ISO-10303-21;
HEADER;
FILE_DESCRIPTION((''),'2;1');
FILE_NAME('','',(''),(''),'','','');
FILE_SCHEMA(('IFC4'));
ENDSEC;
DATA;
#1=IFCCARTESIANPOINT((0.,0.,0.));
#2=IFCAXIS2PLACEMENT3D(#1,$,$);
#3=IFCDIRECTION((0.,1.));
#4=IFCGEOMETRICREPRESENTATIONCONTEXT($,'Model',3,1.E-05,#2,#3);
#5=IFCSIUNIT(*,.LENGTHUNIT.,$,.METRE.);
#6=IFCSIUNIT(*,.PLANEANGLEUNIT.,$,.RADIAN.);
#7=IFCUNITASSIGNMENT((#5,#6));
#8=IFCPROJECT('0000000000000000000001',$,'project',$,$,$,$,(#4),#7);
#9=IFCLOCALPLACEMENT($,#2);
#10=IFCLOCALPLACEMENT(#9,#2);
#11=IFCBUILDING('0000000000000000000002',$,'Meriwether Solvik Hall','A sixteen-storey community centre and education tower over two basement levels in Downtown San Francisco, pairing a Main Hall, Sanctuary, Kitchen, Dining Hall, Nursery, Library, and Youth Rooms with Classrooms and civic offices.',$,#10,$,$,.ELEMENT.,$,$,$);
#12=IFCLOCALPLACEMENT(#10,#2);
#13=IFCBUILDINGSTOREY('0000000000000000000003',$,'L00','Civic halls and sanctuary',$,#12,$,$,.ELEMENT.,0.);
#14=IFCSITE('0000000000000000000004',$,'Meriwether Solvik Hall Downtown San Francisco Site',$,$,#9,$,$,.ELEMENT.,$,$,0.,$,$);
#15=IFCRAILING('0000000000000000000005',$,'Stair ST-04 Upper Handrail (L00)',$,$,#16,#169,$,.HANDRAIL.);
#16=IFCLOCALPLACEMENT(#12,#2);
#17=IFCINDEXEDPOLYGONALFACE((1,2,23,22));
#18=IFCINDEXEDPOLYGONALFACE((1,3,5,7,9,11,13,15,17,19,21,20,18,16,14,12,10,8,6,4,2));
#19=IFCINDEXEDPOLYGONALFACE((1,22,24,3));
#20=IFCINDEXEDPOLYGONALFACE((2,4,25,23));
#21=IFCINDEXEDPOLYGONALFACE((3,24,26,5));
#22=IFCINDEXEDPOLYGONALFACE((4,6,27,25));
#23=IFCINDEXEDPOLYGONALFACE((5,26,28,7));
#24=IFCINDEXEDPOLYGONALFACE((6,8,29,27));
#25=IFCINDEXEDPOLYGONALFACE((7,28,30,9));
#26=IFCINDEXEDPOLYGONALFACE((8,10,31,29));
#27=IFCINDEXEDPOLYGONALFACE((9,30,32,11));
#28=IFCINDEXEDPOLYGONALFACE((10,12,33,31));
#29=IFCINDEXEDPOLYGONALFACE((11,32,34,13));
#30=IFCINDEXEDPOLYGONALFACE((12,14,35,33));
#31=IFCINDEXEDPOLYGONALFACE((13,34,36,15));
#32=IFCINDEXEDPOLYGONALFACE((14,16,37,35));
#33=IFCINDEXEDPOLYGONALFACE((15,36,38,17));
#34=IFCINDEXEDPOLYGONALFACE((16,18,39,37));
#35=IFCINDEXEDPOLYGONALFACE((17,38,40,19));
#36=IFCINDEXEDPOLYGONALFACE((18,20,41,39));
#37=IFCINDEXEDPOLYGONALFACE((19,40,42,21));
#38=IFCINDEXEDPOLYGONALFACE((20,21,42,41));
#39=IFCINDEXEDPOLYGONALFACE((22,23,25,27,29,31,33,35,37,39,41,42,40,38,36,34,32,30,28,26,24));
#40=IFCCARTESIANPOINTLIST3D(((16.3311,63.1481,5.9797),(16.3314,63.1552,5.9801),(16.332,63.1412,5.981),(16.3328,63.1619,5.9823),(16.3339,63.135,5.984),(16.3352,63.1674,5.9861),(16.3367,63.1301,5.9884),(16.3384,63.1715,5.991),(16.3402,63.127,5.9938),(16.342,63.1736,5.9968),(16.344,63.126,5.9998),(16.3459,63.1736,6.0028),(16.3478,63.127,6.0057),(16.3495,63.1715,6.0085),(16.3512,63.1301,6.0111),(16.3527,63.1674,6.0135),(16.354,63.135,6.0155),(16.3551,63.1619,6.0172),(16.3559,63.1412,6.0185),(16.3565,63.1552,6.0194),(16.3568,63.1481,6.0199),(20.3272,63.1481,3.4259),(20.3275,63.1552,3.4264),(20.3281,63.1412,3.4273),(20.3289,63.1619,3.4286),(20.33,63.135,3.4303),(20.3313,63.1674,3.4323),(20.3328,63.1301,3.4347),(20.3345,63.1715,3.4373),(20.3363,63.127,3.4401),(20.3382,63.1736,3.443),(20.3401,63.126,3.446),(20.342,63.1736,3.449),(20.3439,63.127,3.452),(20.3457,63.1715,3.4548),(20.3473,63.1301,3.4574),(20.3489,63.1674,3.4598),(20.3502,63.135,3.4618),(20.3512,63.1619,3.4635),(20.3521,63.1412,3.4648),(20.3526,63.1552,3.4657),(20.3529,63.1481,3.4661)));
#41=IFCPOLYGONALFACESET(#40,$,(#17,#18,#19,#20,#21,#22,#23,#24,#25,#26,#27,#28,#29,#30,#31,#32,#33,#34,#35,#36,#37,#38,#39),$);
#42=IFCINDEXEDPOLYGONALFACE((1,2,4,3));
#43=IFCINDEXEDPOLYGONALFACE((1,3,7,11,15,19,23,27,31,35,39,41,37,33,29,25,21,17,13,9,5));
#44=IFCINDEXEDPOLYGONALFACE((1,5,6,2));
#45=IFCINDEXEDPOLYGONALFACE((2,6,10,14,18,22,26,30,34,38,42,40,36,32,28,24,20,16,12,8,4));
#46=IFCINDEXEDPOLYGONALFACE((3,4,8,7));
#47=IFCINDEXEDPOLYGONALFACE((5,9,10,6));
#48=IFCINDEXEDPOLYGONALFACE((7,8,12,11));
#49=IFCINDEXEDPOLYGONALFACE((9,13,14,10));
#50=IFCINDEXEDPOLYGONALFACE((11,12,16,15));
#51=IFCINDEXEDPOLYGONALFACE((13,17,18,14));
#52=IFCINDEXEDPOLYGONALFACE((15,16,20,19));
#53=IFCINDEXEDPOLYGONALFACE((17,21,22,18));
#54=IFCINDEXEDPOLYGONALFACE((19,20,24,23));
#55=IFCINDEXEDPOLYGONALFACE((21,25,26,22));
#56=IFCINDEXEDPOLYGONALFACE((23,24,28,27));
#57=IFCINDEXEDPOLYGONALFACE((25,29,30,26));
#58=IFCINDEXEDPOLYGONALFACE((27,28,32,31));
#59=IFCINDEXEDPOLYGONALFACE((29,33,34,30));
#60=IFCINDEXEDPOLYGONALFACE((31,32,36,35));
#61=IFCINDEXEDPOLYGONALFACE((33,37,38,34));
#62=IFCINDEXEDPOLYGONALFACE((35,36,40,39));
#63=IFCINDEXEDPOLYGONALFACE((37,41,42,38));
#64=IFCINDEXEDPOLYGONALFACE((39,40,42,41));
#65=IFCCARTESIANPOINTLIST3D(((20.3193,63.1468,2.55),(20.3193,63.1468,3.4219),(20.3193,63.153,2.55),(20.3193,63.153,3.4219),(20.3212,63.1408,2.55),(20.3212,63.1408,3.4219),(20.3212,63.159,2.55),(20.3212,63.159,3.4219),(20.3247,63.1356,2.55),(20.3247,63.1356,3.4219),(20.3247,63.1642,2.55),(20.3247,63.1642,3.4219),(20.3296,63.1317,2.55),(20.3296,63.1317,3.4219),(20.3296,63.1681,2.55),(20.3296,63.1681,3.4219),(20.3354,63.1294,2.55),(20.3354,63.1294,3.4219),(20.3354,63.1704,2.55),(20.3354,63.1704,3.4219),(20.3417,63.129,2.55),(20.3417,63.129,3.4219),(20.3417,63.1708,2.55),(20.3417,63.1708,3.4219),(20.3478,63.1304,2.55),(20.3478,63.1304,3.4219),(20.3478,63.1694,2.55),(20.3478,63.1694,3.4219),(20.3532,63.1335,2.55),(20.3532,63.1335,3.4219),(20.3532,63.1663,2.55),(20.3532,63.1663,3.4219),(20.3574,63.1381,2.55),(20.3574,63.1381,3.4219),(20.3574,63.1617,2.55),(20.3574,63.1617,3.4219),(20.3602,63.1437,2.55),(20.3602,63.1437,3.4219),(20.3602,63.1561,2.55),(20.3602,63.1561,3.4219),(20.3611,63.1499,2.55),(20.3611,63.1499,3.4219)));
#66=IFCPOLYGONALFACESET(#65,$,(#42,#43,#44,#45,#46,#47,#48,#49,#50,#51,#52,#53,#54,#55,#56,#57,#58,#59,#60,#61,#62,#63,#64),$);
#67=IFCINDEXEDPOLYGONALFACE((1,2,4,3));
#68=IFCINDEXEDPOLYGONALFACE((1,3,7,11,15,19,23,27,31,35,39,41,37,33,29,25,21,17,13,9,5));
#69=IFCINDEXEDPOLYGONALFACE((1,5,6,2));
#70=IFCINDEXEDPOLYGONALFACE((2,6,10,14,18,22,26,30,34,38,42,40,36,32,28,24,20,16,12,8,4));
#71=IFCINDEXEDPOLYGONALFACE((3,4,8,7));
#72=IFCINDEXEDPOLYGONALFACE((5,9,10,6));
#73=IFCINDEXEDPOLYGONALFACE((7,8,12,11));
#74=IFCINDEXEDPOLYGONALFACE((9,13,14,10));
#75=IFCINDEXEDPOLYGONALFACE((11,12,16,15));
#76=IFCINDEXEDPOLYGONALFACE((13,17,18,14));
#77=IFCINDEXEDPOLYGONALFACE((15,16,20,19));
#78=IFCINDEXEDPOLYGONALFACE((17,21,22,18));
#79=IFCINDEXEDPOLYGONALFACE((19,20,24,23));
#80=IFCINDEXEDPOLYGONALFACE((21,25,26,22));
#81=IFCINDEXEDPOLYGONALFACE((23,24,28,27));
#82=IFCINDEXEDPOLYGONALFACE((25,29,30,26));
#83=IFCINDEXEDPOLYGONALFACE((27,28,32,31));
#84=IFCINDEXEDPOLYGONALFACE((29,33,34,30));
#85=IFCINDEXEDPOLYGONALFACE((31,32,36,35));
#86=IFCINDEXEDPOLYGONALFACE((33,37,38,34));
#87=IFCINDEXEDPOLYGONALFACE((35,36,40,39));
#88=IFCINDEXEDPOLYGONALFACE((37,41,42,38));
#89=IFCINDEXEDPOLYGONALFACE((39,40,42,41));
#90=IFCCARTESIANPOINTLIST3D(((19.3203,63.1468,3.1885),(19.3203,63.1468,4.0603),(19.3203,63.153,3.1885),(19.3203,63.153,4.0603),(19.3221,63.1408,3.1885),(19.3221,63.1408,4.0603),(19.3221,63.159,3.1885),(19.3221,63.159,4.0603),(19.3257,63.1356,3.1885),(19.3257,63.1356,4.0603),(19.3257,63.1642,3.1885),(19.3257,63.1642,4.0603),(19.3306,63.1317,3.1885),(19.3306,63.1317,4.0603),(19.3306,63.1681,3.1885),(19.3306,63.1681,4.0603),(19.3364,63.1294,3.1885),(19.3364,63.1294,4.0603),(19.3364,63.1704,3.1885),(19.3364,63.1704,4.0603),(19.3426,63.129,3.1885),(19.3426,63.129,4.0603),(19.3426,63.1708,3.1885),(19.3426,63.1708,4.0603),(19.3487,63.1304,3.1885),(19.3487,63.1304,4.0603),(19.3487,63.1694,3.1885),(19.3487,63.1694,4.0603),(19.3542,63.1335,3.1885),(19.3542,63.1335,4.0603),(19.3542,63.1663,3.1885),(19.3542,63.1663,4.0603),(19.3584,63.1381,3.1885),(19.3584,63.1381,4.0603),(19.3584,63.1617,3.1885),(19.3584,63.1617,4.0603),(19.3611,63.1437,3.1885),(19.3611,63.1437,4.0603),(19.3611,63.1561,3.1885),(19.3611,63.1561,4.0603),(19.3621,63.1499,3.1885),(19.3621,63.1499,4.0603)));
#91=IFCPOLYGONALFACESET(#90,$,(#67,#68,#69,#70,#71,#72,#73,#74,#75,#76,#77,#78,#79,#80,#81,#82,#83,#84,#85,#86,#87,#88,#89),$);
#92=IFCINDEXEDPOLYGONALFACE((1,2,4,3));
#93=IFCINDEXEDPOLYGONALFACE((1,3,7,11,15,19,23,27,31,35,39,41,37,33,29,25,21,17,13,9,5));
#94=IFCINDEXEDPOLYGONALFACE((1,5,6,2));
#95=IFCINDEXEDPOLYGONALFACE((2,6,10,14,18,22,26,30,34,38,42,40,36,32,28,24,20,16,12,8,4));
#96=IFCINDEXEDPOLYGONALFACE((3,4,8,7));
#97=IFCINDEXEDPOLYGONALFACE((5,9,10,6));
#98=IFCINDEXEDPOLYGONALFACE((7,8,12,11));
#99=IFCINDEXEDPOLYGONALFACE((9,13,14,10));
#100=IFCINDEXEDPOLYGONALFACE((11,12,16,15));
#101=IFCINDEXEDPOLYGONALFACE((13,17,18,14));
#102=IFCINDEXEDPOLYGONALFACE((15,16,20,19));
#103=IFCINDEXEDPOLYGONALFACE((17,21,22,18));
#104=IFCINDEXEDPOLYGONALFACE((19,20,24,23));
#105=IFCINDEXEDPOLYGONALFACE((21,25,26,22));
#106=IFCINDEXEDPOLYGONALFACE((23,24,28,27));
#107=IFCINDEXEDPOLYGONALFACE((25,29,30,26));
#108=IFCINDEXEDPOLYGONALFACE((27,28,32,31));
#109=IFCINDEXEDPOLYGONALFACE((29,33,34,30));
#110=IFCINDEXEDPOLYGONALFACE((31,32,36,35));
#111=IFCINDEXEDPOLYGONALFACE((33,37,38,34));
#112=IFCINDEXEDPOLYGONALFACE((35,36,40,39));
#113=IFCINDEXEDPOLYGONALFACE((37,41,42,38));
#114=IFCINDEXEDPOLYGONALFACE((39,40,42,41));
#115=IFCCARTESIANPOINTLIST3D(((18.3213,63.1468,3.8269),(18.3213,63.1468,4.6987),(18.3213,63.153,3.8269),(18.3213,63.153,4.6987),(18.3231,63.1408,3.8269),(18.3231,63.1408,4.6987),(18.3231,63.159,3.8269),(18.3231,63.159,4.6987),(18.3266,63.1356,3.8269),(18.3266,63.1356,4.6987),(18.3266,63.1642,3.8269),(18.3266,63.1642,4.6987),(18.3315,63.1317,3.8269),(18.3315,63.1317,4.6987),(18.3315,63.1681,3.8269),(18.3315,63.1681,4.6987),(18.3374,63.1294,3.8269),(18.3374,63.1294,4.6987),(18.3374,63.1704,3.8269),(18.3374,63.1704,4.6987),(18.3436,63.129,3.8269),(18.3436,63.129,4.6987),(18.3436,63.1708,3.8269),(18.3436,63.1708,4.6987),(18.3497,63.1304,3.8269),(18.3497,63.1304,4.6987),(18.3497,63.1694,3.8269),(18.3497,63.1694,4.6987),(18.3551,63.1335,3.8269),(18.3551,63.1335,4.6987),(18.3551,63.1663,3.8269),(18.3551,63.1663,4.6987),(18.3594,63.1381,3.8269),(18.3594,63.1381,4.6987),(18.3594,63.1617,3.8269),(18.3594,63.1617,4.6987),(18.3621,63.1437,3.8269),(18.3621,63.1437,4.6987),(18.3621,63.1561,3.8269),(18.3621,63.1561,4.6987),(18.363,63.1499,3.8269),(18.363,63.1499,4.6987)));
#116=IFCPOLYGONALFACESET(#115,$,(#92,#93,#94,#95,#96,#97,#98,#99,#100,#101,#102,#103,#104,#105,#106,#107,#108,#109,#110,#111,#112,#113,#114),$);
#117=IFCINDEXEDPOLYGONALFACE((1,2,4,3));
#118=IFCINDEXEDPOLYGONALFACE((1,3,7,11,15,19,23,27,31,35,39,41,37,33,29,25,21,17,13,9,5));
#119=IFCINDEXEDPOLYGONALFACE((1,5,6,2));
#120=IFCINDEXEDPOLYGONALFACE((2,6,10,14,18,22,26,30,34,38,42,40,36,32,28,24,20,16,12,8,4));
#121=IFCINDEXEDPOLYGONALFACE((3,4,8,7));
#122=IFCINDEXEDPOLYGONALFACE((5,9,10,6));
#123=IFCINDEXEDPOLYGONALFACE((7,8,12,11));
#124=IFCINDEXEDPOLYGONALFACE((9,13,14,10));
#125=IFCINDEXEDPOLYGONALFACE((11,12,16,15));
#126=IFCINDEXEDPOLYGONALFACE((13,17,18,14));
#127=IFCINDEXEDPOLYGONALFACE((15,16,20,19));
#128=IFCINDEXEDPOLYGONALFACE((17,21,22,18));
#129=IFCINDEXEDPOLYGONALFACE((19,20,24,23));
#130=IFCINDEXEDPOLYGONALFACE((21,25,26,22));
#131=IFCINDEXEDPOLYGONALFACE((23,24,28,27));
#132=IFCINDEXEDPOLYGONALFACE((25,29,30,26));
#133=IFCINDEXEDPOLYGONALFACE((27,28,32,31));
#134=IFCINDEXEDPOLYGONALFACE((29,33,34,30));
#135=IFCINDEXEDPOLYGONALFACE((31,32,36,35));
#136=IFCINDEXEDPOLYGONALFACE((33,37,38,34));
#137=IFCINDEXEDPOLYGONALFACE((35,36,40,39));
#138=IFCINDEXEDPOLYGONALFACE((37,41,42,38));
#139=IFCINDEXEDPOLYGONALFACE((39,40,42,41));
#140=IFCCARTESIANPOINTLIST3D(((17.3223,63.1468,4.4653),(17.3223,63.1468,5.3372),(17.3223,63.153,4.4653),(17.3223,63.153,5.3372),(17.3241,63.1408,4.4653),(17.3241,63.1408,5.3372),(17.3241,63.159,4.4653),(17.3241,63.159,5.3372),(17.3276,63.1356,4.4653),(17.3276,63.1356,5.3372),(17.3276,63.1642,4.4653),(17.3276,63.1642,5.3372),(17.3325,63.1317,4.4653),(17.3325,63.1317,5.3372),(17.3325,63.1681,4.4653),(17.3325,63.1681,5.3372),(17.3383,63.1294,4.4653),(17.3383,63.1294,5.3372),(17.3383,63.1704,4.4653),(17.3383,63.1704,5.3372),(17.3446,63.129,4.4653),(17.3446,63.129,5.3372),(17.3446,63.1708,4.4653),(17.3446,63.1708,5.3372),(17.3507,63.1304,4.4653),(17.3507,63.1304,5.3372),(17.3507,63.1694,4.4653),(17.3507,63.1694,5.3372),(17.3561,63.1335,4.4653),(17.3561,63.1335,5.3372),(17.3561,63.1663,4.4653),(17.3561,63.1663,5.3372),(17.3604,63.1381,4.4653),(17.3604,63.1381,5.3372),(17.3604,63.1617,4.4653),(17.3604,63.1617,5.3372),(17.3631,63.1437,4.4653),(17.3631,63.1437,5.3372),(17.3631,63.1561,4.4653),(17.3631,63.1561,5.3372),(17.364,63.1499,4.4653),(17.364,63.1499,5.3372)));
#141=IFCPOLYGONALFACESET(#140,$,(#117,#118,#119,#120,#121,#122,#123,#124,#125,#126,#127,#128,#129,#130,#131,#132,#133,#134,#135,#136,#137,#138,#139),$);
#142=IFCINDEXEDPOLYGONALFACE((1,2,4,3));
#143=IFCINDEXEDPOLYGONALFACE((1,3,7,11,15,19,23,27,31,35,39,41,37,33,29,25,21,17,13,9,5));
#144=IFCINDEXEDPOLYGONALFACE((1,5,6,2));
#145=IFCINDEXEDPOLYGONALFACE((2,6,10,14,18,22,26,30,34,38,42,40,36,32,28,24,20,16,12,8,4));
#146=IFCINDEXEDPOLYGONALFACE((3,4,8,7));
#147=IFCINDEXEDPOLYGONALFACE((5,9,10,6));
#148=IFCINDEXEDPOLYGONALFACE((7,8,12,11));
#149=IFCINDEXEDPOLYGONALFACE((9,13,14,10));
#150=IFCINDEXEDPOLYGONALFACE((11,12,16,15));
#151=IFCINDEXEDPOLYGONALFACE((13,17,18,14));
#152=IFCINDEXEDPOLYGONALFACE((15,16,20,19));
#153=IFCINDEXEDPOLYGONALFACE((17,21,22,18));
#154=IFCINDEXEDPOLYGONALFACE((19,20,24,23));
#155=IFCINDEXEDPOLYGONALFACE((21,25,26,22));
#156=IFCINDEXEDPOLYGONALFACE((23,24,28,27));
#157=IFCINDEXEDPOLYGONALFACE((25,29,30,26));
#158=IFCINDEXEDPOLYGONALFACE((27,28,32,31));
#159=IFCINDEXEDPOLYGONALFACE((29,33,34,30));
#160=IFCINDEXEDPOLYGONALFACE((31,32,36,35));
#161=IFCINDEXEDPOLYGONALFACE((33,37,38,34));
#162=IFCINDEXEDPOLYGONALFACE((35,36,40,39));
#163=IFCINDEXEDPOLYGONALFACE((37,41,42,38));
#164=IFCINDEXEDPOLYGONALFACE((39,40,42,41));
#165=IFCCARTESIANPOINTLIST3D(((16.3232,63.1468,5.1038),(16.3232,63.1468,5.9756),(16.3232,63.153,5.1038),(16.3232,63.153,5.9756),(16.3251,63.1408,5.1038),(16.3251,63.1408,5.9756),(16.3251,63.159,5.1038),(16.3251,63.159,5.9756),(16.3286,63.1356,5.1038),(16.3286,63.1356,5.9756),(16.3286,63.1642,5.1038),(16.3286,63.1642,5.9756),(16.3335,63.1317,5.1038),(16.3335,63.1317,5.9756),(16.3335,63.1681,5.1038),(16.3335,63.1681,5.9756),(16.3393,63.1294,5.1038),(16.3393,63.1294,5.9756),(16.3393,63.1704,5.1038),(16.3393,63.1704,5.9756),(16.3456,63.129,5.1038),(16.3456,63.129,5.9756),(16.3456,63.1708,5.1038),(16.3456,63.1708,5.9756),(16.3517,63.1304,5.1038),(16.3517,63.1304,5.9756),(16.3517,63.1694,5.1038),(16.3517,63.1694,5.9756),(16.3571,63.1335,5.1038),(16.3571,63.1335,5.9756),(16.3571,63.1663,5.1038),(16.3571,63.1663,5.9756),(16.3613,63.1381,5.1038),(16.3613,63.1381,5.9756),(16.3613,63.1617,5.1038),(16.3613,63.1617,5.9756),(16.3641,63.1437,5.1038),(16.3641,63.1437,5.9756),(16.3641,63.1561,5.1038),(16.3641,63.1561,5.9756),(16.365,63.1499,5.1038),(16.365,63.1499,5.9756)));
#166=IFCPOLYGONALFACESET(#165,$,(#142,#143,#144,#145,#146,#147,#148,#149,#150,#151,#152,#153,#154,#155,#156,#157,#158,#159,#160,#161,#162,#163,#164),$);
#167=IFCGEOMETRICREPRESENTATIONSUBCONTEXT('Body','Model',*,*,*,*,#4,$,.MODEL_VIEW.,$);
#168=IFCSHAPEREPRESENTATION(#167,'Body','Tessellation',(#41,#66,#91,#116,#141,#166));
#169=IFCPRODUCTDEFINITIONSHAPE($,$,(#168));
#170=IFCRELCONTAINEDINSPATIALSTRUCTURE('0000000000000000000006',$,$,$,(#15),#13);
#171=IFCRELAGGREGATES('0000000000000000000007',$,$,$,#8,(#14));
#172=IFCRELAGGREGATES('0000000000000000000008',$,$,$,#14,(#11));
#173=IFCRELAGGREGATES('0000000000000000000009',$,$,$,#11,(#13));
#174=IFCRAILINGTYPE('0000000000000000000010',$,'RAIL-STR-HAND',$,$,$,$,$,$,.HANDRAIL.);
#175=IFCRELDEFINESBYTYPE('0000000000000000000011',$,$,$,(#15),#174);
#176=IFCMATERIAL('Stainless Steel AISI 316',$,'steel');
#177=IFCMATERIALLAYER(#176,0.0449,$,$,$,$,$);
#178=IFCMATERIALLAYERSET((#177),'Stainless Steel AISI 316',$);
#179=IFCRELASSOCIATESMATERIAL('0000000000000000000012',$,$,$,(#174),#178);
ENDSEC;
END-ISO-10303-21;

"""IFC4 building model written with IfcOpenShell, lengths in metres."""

from ifc_helpers import new_model, si_unit, direction, frame, origin, origin_2d, place, context, subcontext, project, spatial, circle, extrude, material, layer, layer_set, type_object, element, save


model = new_model("IFC4")

# Units and contexts
model_context = context("Model", 3, precision=1e-05, world=origin(), true_north=direction((0.0, 1.0)))
body_context = subcontext(model_context, "Body", "Model", "MODEL_VIEW")
ifc_project = project(units=[si_unit("LENGTHUNIT", "METRE"), si_unit("PLANEANGLEUNIT", "RADIAN")], contexts=[model_context])

# Site, building, storey
site_placement = place(None, origin())
site = spatial("IfcSite", under=ifc_project, at=site_placement, Name="Meriwether Solvik Hall Downtown San Francisco Site", CompositionType="ELEMENT", RefElevation=0.0)
building_placement = place(site_placement, origin())
building = spatial("IfcBuilding", under=site, at=building_placement, Name="Meriwether Solvik Hall", Description="A sixteen-storey community centre and education tower over two basement levels in Downtown San Francisco, pairing a Main Hall, Sanctuary, Kitchen, Dining Hall, Nursery, Library, and Youth Rooms with Classrooms and civic offices.", CompositionType="ELEMENT")
storey_placement = place(building_placement, origin())
storey = spatial("IfcBuildingStorey", under=building, at=storey_placement, Name="L00", Description="Civic halls and sanctuary", CompositionType="ELEMENT", Elevation=0.0)

# Railing
ifc_material_1 = material(Name="Stainless Steel AISI 316", Category="steel")
ifc_layer_1 = layer(ifc_material_1, 0.0449)
ifc_layer_set_1 = layer_set([ifc_layer_1], Name="Stainless Steel AISI 316")
railing_type_1 = type_object("IfcRailingType", Name="RAIL-STR-HAND", PredefinedType="HANDRAIL", material=ifc_layer_set_1)
railing_1_placement = place(storey_placement, frame((20.3401, 63.1499, 2.55)))
element("IfcRailing", 1, at=railing_1_placement, inside=storey, type_object=railing_type_1, Name="Stair ST-04 Upper Handrail (L00)", PredefinedType="HANDRAIL", context=body_context, shape_type="SweptSolid", body=[
    extrude(circle(Radius=0.0239, at=origin_2d()), frame((0.0, 0.0, 0.896), z_axis=(-0.842634, 0.0, 0.538487), x_axis=(0.0, -1.0, 0.0)), (0.0, 0.0, 1.0), 4.7424),
    extrude(circle(Radius=0.021, at=origin_2d()), origin(), (0.0, 0.0, 1.0), 0.8718),
    extrude(circle(Radius=0.021, at=origin_2d()), frame((-0.999, 0.0, 0.6384)), (0.0, 0.0, 1.0), 0.8718),
    extrude(circle(Radius=0.021, at=origin_2d()), frame((-1.998, 0.0, 1.2769)), (0.0, 0.0, 1.0), 0.8718),
    extrude(circle(Radius=0.021, at=origin_2d()), frame((-2.9971, 0.0, 1.9153)), (0.0, 0.0, 1.0), 0.8718),
    extrude(circle(Radius=0.021, at=origin_2d()), frame((-3.9961, 0.0, 2.5537)), (0.0, 0.0, 1.0), 0.8718),
])

save(model, "model.ifc")
